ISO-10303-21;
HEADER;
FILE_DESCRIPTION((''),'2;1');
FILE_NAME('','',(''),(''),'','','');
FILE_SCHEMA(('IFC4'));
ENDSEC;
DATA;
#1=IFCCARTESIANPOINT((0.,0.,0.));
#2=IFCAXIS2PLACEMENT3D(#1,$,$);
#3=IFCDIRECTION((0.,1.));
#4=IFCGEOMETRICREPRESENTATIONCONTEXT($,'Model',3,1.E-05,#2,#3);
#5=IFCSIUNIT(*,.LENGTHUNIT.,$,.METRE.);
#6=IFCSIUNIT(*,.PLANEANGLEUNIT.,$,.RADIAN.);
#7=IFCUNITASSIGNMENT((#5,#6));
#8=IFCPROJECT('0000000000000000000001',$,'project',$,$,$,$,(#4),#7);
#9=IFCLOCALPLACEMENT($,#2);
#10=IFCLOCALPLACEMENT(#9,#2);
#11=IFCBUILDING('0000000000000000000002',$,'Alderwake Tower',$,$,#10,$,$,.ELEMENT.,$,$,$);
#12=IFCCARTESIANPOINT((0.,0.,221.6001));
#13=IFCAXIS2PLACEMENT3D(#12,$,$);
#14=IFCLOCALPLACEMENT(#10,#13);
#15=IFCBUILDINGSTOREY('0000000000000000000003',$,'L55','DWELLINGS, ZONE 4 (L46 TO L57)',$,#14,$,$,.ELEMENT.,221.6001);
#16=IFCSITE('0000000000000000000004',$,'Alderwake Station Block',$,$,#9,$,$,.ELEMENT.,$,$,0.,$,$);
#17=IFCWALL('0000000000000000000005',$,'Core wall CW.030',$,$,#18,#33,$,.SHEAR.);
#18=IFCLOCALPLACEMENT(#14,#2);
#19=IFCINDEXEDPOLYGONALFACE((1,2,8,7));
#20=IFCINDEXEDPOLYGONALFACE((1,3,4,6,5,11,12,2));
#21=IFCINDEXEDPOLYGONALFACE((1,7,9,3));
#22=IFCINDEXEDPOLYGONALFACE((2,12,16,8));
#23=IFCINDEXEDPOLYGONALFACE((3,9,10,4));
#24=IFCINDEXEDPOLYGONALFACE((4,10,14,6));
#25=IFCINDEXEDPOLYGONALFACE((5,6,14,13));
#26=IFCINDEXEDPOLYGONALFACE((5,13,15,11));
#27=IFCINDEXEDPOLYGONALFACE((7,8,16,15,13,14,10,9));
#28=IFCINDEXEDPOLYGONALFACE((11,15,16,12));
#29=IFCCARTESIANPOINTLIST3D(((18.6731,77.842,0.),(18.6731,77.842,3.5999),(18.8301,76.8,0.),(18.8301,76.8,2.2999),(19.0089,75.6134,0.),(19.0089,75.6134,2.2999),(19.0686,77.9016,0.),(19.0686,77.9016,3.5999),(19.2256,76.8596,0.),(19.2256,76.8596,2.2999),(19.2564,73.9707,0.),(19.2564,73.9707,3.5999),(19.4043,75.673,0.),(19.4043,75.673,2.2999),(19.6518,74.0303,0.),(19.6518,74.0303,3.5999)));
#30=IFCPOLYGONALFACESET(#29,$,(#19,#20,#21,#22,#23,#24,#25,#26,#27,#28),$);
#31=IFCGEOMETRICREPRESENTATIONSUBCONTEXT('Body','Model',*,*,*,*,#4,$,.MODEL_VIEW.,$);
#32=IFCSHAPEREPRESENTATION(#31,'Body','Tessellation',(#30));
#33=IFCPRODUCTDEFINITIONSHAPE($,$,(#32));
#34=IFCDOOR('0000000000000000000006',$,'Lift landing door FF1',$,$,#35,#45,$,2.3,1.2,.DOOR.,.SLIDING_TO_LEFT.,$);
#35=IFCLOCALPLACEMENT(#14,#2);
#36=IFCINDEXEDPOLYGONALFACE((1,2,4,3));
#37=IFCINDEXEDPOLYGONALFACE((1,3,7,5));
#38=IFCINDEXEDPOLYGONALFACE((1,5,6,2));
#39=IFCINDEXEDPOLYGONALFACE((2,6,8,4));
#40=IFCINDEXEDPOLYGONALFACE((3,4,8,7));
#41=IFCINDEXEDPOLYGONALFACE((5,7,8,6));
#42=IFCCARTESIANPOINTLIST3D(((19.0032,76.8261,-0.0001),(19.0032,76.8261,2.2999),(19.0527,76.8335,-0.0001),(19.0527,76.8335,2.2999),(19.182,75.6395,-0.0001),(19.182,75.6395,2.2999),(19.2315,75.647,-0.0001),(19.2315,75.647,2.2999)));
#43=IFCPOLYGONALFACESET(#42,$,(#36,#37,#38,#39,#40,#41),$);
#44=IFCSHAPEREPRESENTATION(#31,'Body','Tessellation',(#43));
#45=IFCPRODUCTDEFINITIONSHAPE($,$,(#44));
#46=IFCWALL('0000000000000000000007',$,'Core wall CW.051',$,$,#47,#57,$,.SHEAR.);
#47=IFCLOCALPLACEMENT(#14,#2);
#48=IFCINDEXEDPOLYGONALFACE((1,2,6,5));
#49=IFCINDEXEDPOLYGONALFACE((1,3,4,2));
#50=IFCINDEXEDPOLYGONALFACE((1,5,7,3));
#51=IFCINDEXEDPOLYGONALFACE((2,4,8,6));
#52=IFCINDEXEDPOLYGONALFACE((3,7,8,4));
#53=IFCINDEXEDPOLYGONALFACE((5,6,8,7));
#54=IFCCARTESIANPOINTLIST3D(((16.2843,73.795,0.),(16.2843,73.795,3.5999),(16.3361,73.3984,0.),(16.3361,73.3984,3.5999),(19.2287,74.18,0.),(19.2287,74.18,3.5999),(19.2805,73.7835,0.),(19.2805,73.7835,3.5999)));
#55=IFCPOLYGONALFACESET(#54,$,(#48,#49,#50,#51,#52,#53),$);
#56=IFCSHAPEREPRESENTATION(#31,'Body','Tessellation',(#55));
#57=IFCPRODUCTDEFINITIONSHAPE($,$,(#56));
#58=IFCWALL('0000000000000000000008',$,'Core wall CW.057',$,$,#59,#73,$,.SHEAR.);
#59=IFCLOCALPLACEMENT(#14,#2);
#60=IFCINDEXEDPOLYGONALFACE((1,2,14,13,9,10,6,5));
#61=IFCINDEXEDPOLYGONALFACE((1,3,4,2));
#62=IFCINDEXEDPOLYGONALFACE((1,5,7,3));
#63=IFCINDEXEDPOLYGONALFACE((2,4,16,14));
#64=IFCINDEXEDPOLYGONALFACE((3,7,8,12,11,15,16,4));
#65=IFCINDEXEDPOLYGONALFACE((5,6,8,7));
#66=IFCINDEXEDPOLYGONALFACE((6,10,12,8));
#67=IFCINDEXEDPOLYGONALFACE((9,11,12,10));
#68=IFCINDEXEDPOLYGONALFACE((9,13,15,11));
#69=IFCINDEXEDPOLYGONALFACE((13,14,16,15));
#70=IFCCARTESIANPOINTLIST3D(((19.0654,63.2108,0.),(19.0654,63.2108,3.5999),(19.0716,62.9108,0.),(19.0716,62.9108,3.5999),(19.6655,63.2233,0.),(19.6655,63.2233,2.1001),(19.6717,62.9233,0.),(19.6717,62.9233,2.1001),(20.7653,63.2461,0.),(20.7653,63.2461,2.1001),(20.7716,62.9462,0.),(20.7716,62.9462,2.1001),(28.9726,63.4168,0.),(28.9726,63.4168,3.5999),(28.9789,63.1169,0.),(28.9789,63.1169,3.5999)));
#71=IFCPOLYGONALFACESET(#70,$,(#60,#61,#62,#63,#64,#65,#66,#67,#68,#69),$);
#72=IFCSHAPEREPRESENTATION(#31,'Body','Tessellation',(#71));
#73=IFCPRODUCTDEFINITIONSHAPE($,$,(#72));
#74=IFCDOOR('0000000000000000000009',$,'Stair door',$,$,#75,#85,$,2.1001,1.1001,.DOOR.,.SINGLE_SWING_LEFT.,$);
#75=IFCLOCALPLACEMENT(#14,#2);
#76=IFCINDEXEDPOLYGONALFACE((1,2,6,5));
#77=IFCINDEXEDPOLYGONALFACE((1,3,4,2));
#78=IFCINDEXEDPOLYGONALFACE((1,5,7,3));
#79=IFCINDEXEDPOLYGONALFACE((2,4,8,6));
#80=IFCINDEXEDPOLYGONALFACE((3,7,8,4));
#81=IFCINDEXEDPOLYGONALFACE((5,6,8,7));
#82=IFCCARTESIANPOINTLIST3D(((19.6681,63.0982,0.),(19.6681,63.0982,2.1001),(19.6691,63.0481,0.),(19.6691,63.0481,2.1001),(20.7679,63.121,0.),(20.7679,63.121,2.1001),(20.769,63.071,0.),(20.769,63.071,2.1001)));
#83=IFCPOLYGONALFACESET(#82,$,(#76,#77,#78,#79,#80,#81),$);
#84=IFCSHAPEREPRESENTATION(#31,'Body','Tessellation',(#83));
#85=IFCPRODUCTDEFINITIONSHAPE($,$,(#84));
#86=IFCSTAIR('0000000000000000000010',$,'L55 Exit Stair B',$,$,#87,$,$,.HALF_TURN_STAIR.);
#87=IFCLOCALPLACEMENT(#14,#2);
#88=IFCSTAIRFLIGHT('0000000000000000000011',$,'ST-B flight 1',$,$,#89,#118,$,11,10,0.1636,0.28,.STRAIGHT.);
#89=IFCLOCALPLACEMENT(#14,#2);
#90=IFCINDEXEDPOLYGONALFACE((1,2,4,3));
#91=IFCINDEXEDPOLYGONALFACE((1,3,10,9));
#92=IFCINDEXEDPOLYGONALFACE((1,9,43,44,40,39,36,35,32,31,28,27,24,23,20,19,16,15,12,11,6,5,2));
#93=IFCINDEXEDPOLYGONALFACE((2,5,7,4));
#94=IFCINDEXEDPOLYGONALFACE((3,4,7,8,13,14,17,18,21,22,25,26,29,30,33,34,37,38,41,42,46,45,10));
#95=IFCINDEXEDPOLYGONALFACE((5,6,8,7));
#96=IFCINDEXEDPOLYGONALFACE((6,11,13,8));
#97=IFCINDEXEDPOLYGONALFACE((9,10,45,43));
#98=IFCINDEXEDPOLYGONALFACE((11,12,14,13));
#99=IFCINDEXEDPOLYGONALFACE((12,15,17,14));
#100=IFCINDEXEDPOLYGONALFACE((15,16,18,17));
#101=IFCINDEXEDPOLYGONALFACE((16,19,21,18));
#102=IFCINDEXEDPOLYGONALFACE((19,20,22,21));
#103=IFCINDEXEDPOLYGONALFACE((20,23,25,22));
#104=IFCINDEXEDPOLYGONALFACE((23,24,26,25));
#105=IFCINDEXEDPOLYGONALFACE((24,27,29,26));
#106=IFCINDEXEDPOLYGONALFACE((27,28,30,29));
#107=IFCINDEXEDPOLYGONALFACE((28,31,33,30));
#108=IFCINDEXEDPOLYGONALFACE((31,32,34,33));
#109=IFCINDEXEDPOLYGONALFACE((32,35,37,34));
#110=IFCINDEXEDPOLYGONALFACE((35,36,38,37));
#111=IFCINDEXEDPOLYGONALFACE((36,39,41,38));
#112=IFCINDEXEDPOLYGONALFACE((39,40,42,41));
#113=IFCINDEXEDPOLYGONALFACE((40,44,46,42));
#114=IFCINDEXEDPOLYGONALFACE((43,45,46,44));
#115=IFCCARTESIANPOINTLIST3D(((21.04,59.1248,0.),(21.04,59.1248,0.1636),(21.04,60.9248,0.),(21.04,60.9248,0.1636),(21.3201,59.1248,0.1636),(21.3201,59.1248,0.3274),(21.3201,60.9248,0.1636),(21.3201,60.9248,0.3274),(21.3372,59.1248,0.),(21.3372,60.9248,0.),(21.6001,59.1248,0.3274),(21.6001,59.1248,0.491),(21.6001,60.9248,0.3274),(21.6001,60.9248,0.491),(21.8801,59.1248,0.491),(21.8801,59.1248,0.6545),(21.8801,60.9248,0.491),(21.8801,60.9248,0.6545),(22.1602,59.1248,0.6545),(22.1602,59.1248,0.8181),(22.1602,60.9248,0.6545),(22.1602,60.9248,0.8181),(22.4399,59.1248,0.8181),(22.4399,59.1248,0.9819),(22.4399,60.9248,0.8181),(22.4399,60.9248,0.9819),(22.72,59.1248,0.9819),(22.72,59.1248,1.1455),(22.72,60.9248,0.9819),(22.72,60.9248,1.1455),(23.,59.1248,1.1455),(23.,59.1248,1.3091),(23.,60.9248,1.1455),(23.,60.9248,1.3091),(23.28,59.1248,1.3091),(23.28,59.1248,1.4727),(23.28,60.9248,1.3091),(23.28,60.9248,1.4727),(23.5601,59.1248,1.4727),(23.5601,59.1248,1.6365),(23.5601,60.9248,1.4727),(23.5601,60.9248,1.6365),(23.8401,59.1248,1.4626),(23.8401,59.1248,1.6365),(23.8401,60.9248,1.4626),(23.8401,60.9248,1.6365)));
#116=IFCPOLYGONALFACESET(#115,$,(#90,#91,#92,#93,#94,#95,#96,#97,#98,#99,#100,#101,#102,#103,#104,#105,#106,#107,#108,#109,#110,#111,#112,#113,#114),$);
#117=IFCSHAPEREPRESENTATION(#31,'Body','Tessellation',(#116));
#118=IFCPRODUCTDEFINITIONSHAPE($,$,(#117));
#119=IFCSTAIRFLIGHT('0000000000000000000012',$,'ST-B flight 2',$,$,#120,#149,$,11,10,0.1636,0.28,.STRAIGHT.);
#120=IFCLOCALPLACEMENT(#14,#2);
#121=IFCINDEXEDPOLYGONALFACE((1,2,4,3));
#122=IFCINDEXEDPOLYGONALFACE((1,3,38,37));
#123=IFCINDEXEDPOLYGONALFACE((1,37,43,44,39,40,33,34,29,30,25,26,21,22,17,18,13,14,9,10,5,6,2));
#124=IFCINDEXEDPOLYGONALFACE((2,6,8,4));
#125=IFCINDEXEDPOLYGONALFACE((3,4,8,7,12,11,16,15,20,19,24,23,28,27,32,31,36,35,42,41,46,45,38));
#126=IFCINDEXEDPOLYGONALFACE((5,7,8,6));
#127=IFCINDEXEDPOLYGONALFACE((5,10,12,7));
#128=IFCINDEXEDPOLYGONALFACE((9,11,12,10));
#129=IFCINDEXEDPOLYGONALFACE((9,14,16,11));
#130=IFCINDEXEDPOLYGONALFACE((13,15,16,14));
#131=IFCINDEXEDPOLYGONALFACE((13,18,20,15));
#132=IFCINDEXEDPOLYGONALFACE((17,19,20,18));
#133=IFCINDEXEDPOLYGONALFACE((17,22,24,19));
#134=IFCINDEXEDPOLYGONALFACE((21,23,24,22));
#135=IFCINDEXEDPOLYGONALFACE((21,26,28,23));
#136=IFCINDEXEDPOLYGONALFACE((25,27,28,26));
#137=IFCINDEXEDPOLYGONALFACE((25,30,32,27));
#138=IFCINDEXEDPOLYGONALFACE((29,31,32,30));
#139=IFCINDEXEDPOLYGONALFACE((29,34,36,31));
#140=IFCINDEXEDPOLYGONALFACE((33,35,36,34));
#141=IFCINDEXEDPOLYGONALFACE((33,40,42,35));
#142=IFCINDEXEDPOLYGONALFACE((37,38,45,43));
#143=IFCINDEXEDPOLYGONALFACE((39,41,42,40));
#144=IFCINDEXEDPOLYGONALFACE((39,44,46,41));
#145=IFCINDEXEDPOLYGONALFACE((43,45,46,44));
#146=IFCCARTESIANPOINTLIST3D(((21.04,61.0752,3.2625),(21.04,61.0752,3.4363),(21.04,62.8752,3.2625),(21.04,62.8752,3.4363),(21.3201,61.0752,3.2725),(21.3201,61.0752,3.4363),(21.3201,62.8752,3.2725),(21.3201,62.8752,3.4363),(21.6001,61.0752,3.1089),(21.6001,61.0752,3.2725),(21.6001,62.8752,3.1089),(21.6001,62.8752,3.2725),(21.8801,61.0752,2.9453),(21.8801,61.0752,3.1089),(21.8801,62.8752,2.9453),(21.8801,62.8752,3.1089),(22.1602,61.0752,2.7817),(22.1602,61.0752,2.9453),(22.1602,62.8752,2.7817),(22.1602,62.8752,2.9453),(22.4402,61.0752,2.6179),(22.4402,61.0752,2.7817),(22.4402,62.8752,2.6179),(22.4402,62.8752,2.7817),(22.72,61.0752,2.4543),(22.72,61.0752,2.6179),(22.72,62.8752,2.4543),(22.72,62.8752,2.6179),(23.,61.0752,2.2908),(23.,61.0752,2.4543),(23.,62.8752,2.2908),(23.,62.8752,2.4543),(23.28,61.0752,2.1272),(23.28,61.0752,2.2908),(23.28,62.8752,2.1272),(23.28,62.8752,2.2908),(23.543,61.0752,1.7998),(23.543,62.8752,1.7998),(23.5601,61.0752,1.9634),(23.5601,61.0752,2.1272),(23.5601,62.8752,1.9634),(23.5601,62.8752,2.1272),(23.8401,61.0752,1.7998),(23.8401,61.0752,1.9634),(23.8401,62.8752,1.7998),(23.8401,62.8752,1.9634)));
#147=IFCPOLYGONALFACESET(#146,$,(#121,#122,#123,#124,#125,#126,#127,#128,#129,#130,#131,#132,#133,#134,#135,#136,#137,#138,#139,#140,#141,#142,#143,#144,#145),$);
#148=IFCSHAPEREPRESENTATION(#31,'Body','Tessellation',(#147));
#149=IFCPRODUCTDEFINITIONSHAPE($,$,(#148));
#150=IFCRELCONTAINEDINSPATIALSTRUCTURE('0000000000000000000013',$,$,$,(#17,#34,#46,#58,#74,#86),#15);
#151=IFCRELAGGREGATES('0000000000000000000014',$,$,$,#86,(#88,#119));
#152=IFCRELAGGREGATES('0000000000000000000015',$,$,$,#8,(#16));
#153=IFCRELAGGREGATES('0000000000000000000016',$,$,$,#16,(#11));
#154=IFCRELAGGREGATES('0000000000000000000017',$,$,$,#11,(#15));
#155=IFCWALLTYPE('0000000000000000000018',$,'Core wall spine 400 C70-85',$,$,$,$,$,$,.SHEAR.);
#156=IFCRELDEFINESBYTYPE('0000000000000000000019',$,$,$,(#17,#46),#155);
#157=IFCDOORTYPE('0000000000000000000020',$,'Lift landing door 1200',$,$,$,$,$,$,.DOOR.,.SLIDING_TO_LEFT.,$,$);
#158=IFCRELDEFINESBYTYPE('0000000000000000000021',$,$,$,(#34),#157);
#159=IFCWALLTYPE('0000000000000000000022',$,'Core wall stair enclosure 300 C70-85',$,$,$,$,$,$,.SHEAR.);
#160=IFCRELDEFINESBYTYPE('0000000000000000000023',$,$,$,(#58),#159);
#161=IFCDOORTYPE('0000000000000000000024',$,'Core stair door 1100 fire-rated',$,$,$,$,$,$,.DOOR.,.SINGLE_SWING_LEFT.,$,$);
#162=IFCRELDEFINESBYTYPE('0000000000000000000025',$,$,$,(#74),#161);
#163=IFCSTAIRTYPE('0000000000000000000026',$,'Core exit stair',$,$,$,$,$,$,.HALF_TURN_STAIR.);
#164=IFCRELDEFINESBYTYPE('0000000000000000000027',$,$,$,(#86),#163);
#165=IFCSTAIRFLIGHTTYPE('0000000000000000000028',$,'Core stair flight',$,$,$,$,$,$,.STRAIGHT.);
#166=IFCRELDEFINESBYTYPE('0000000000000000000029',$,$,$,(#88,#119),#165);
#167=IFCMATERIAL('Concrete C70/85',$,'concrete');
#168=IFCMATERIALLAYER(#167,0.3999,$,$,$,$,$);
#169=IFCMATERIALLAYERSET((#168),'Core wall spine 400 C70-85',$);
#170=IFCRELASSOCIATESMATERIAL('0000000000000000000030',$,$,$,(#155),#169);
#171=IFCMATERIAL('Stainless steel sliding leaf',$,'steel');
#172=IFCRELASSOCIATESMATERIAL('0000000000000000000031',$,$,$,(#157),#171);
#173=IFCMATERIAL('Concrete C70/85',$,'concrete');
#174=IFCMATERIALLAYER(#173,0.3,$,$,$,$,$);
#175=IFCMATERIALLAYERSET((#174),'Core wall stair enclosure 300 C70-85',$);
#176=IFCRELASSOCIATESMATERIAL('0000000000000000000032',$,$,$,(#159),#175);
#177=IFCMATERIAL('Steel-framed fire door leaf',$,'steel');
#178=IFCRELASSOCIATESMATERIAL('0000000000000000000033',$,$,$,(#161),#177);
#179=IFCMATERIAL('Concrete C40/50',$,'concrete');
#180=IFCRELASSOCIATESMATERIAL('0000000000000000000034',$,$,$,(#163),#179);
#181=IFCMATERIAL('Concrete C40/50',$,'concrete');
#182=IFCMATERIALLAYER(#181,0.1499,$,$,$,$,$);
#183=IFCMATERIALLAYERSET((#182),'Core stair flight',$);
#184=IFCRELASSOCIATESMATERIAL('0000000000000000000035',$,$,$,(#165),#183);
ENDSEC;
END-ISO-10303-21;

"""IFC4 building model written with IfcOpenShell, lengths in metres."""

from ifc_helpers import new_model, si_unit, direction, frame, frame_2d, origin, place, context, subcontext, project, spatial, polyline, rectangle, outline, extrude, material, layer, layer_set, type_object, element, fill, aggregate, save


model = new_model("IFC4")

# Units and contexts
model_context = context("Model", 3, precision=1e-05, world=origin(), true_north=direction((0.0, 1.0)))
body_context = subcontext(model_context, "Body", "Model", "MODEL_VIEW")
ifc_project = project(units=[si_unit("LENGTHUNIT", "METRE"), si_unit("PLANEANGLEUNIT", "RADIAN")], contexts=[model_context])

# Site, building, storey
site_placement = place(None, origin())
site = spatial("IfcSite", under=ifc_project, at=site_placement, Name="Alderwake Station Block", CompositionType="ELEMENT", RefElevation=0.0)
building_placement = place(site_placement, origin())
building = spatial("IfcBuilding", under=site, at=building_placement, Name="Alderwake Tower", CompositionType="ELEMENT")
storey_placement = place(building_placement, frame((0.0, 0.0, 221.6001)))
storey = spatial("IfcBuildingStorey", under=building, at=storey_placement, Name="L55", Description="DWELLINGS, ZONE 4 (L46 TO L57)", CompositionType="ELEMENT", Elevation=221.6001)

# Shared definitions
ifc_material_1 = material(Name="Concrete C70/85", Category="concrete")
ifc_layer_1 = layer(ifc_material_1, 0.3999)
ifc_layer_set_1 = layer_set([ifc_layer_1], Name="Core wall spine 400 C70-85")
wall_type_1 = type_object("IfcWallType", Name="Core wall spine 400 C70-85", PredefinedType="SHEAR", material=ifc_layer_set_1)

# Wall, opening, door
wall_1_placement = place(storey_placement, frame((19.4541, 74.0005, 0.0), z_axis=(0.0, 0.0, 1.0), x_axis=(-0.148978, 0.988841, 0.0)))
wall_1 = element("IfcWall", 1, at=wall_1_placement, inside=storey, type_object=wall_type_1, Name="Core wall CW.030", PredefinedType="SHEAR", context=body_context, shape_type="SweptSolid", body=[
    extrude(rectangle(XDim=3.915, YDim=0.3999, at=frame_2d((1.9575, 0.0))), origin(), (0.0, 0.0, 1.0), 3.5999),
])
opening_1_placement = place(wall_1_placement, frame((1.6611, 0.0, 0.0)))
opening_1 = element("IfcOpeningElement", 2, at=opening_1_placement, cuts=wall_1, PredefinedType="OPENING", context=body_context, shape_type="SweptSolid", body=[
    extrude(rectangle(XDim=1.2, YDim=2.3, at=frame_2d((0.6001, 1.1499))), frame((0.0, 0.21, 0.0), z_axis=(0.0, -1.0, 0.0), x_axis=(1.0, 0.0, 0.0)), (0.0, 0.0, 1.0), 0.4199),
])
ifc_material_2 = material(Name="Stainless steel sliding leaf", Category="steel")
door_type_1 = type_object("IfcDoorType", Name="Lift landing door 1200", OperationType="SLIDING_TO_LEFT", PredefinedType="DOOR", material=ifc_material_2)
door_1_placement = place(opening_1_placement, origin())
door_1 = element("IfcDoor", 3, at=door_1_placement, inside=storey, type_object=door_type_1, Name="Lift landing door FF1", OperationType="SLIDING_TO_LEFT", OverallHeight=2.3, OverallWidth=1.2, PredefinedType="DOOR", context=body_context, shape_type="SweptSolid", body=[
    extrude(rectangle(XDim=1.2, YDim=2.3, at=frame_2d((0.6001, 1.1499))), frame((0.0, 0.0249, 0.0), z_axis=(0.0, -1.0, 0.0), x_axis=(1.0, 0.0, 0.0)), (0.0, 0.0, 1.0), 0.05),
])
fill(opening_1, door_1)

# Wall
wall_2_placement = place(storey_placement, frame((16.3101, 73.5967, 0.0), z_axis=(0.0, 0.0, 1.0), x_axis=(0.991559, 0.129659, 0.0)))
element("IfcWall", 4, at=wall_2_placement, inside=storey, type_object=wall_type_1, Name="Core wall CW.051", PredefinedType="SHEAR", context=body_context, shape_type="SweptSolid", body=[
    extrude(rectangle(XDim=2.9695, YDim=0.3999, at=frame_2d((1.4849, 0.0))), origin(), (0.0, 0.0, 1.0), 3.5999),
])

# Wall, opening, door
ifc_material_3 = material(Name="Concrete C70/85", Category="concrete")
ifc_layer_2 = layer(ifc_material_3, 0.3)
ifc_layer_set_2 = layer_set([ifc_layer_2], Name="Core wall stair enclosure 300 C70-85")
wall_type_2 = type_object("IfcWallType", Name="Core wall stair enclosure 300 C70-85", PredefinedType="SHEAR", material=ifc_layer_set_2)
wall_3_placement = place(storey_placement, frame((19.0686, 63.0608, 0.0), z_axis=(0.0, 0.0, 1.0), x_axis=(0.999784, 0.020794, 0.0)))
wall_3 = element("IfcWall", 5, at=wall_3_placement, inside=storey, type_object=wall_type_2, Name="Core wall CW.057", PredefinedType="SHEAR", context=body_context, shape_type="SweptSolid", body=[
    extrude(rectangle(XDim=9.9094, YDim=0.3, at=frame_2d((4.9546, 0.0))), origin(), (0.0, 0.0, 1.0), 3.5999),
])
opening_2_placement = place(wall_3_placement, frame((0.6001, 0.0, 0.0)))
opening_2 = element("IfcOpeningElement", 6, at=opening_2_placement, cuts=wall_3, PredefinedType="OPENING", context=body_context, shape_type="SweptSolid", body=[
    extrude(rectangle(XDim=1.1001, YDim=2.1001, at=frame_2d((0.55, 1.05))), frame((0.0, 0.1599, 0.0), z_axis=(0.0, -1.0, 0.0), x_axis=(1.0, 0.0, 0.0)), (0.0, 0.0, 1.0), 0.3201),
])
ifc_material_4 = material(Name="Steel-framed fire door leaf", Category="steel")
door_type_2 = type_object("IfcDoorType", Name="Core stair door 1100 fire-rated", OperationType="SINGLE_SWING_LEFT", PredefinedType="DOOR", material=ifc_material_4)
door_2_placement = place(opening_2_placement, origin())
door_2 = element("IfcDoor", 7, at=door_2_placement, inside=storey, type_object=door_type_2, Name="Stair door", OperationType="SINGLE_SWING_LEFT", OverallHeight=2.1001, OverallWidth=1.1001, PredefinedType="DOOR", context=body_context, shape_type="SweptSolid", body=[
    extrude(rectangle(XDim=1.1001, YDim=2.1001, at=frame_2d((0.55, 1.05))), frame((0.0, 0.0249, 0.0), z_axis=(0.0, -1.0, 0.0), x_axis=(1.0, 0.0, 0.0)), (0.0, 0.0, 1.0), 0.05),
])
fill(opening_2, door_2)

# Stair, stair flights
ifc_material_5 = material(Name="Concrete C40/50", Category="concrete")
stair_type = type_object("IfcStairType", Name="Core exit stair", PredefinedType="HALF_TURN_STAIR", material=ifc_material_5)
stair_placement = place(storey_placement, origin())
stair = element("IfcStair", 8, at=stair_placement, inside=storey, type_object=stair_type, Name="L55 Exit Stair B", PredefinedType="HALF_TURN_STAIR")
ifc_material_6 = material(Name="Concrete C40/50", Category="concrete")
ifc_layer_3 = layer(ifc_material_6, 0.1499)
ifc_layer_set_3 = layer_set([ifc_layer_3], Name="Core stair flight")
stair_flight_type = type_object("IfcStairFlightType", Name="Core stair flight", PredefinedType="STRAIGHT", material=ifc_layer_set_3)
stair_flight_1_placement = place(storey_placement, frame((21.04, 60.0249, 0.0), z_axis=(0.0, 0.0, 1.0), x_axis=(1.0, 0.0, 0.0)))
stair_flight_1 = element("IfcStairFlight", 9, at=stair_flight_1_placement, type_object=stair_flight_type, Name="ST-B flight 1", NumberOfRisers=11, NumberOfTreads=10, PredefinedType="STRAIGHT", RiserHeight=0.1636, TreadLength=0.28, context=body_context, shape_type="SweptSolid", body=[
    extrude(outline(polyline([(0.0, 0.0), (0.0, 0.1636), (0.28, 0.1636), (0.28, 0.3274), (0.5601, 0.3274), (0.5601, 0.491), (0.8401, 0.491), (0.8401, 0.6545), (1.1201, 0.6545), (1.1201, 0.8181), (1.3999, 0.8181), (1.3999, 0.9819), (1.6799, 0.9819), (1.6799, 1.1455), (1.96, 1.1455), (1.96, 1.3091), (2.24, 1.3091), (2.24, 1.4727), (2.52, 1.4727), (2.52, 1.6365), (2.8, 1.6365), (2.8, 1.8), (2.8, 1.4626), (0.2971, 0.0), (0.0, 0.0)])), frame((0.0, 0.8999, 0.0), z_axis=(0.0, -1.0, 0.0), x_axis=(1.0, 0.0, 0.0)), (0.0, 0.0, 1.0), 1.8),
])
stair_flight_2_placement = place(storey_placement, frame((23.8401, 61.9751, 1.7998), z_axis=(0.0, 0.0, 1.0), x_axis=(-1.0, 0.0, 0.0)))
stair_flight_2 = element("IfcStairFlight", 10, at=stair_flight_2_placement, type_object=stair_flight_type, Name="ST-B flight 2", NumberOfRisers=11, NumberOfTreads=10, PredefinedType="STRAIGHT", RiserHeight=0.1636, TreadLength=0.28, context=body_context, shape_type="SweptSolid", body=[
    extrude(outline(polyline([(0.0, 0.0), (0.0, 0.1636), (0.28, 0.1636), (0.28, 0.3274), (0.5601, 0.3274), (0.5601, 0.491), (0.8401, 0.491), (0.8401, 0.6545), (1.1201, 0.6545), (1.1201, 0.8181), (1.3999, 0.8181), (1.3999, 0.9819), (1.6799, 0.9819), (1.6799, 1.1455), (1.96, 1.1455), (1.96, 1.3091), (2.24, 1.3091), (2.24, 1.4727), (2.52, 1.4727), (2.52, 1.6365), (2.8, 1.6365), (2.8, 1.8), (2.8, 1.4626), (0.2971, 0.0), (0.0, 0.0)])), frame((0.0, 0.8999, 0.0), z_axis=(0.0, -1.0, 0.0), x_axis=(1.0, 0.0, 0.0)), (0.0, 0.0, 1.0), 1.8),
])
aggregate(stair, [stair_flight_1, stair_flight_2])

save(model, "model.ifc")
